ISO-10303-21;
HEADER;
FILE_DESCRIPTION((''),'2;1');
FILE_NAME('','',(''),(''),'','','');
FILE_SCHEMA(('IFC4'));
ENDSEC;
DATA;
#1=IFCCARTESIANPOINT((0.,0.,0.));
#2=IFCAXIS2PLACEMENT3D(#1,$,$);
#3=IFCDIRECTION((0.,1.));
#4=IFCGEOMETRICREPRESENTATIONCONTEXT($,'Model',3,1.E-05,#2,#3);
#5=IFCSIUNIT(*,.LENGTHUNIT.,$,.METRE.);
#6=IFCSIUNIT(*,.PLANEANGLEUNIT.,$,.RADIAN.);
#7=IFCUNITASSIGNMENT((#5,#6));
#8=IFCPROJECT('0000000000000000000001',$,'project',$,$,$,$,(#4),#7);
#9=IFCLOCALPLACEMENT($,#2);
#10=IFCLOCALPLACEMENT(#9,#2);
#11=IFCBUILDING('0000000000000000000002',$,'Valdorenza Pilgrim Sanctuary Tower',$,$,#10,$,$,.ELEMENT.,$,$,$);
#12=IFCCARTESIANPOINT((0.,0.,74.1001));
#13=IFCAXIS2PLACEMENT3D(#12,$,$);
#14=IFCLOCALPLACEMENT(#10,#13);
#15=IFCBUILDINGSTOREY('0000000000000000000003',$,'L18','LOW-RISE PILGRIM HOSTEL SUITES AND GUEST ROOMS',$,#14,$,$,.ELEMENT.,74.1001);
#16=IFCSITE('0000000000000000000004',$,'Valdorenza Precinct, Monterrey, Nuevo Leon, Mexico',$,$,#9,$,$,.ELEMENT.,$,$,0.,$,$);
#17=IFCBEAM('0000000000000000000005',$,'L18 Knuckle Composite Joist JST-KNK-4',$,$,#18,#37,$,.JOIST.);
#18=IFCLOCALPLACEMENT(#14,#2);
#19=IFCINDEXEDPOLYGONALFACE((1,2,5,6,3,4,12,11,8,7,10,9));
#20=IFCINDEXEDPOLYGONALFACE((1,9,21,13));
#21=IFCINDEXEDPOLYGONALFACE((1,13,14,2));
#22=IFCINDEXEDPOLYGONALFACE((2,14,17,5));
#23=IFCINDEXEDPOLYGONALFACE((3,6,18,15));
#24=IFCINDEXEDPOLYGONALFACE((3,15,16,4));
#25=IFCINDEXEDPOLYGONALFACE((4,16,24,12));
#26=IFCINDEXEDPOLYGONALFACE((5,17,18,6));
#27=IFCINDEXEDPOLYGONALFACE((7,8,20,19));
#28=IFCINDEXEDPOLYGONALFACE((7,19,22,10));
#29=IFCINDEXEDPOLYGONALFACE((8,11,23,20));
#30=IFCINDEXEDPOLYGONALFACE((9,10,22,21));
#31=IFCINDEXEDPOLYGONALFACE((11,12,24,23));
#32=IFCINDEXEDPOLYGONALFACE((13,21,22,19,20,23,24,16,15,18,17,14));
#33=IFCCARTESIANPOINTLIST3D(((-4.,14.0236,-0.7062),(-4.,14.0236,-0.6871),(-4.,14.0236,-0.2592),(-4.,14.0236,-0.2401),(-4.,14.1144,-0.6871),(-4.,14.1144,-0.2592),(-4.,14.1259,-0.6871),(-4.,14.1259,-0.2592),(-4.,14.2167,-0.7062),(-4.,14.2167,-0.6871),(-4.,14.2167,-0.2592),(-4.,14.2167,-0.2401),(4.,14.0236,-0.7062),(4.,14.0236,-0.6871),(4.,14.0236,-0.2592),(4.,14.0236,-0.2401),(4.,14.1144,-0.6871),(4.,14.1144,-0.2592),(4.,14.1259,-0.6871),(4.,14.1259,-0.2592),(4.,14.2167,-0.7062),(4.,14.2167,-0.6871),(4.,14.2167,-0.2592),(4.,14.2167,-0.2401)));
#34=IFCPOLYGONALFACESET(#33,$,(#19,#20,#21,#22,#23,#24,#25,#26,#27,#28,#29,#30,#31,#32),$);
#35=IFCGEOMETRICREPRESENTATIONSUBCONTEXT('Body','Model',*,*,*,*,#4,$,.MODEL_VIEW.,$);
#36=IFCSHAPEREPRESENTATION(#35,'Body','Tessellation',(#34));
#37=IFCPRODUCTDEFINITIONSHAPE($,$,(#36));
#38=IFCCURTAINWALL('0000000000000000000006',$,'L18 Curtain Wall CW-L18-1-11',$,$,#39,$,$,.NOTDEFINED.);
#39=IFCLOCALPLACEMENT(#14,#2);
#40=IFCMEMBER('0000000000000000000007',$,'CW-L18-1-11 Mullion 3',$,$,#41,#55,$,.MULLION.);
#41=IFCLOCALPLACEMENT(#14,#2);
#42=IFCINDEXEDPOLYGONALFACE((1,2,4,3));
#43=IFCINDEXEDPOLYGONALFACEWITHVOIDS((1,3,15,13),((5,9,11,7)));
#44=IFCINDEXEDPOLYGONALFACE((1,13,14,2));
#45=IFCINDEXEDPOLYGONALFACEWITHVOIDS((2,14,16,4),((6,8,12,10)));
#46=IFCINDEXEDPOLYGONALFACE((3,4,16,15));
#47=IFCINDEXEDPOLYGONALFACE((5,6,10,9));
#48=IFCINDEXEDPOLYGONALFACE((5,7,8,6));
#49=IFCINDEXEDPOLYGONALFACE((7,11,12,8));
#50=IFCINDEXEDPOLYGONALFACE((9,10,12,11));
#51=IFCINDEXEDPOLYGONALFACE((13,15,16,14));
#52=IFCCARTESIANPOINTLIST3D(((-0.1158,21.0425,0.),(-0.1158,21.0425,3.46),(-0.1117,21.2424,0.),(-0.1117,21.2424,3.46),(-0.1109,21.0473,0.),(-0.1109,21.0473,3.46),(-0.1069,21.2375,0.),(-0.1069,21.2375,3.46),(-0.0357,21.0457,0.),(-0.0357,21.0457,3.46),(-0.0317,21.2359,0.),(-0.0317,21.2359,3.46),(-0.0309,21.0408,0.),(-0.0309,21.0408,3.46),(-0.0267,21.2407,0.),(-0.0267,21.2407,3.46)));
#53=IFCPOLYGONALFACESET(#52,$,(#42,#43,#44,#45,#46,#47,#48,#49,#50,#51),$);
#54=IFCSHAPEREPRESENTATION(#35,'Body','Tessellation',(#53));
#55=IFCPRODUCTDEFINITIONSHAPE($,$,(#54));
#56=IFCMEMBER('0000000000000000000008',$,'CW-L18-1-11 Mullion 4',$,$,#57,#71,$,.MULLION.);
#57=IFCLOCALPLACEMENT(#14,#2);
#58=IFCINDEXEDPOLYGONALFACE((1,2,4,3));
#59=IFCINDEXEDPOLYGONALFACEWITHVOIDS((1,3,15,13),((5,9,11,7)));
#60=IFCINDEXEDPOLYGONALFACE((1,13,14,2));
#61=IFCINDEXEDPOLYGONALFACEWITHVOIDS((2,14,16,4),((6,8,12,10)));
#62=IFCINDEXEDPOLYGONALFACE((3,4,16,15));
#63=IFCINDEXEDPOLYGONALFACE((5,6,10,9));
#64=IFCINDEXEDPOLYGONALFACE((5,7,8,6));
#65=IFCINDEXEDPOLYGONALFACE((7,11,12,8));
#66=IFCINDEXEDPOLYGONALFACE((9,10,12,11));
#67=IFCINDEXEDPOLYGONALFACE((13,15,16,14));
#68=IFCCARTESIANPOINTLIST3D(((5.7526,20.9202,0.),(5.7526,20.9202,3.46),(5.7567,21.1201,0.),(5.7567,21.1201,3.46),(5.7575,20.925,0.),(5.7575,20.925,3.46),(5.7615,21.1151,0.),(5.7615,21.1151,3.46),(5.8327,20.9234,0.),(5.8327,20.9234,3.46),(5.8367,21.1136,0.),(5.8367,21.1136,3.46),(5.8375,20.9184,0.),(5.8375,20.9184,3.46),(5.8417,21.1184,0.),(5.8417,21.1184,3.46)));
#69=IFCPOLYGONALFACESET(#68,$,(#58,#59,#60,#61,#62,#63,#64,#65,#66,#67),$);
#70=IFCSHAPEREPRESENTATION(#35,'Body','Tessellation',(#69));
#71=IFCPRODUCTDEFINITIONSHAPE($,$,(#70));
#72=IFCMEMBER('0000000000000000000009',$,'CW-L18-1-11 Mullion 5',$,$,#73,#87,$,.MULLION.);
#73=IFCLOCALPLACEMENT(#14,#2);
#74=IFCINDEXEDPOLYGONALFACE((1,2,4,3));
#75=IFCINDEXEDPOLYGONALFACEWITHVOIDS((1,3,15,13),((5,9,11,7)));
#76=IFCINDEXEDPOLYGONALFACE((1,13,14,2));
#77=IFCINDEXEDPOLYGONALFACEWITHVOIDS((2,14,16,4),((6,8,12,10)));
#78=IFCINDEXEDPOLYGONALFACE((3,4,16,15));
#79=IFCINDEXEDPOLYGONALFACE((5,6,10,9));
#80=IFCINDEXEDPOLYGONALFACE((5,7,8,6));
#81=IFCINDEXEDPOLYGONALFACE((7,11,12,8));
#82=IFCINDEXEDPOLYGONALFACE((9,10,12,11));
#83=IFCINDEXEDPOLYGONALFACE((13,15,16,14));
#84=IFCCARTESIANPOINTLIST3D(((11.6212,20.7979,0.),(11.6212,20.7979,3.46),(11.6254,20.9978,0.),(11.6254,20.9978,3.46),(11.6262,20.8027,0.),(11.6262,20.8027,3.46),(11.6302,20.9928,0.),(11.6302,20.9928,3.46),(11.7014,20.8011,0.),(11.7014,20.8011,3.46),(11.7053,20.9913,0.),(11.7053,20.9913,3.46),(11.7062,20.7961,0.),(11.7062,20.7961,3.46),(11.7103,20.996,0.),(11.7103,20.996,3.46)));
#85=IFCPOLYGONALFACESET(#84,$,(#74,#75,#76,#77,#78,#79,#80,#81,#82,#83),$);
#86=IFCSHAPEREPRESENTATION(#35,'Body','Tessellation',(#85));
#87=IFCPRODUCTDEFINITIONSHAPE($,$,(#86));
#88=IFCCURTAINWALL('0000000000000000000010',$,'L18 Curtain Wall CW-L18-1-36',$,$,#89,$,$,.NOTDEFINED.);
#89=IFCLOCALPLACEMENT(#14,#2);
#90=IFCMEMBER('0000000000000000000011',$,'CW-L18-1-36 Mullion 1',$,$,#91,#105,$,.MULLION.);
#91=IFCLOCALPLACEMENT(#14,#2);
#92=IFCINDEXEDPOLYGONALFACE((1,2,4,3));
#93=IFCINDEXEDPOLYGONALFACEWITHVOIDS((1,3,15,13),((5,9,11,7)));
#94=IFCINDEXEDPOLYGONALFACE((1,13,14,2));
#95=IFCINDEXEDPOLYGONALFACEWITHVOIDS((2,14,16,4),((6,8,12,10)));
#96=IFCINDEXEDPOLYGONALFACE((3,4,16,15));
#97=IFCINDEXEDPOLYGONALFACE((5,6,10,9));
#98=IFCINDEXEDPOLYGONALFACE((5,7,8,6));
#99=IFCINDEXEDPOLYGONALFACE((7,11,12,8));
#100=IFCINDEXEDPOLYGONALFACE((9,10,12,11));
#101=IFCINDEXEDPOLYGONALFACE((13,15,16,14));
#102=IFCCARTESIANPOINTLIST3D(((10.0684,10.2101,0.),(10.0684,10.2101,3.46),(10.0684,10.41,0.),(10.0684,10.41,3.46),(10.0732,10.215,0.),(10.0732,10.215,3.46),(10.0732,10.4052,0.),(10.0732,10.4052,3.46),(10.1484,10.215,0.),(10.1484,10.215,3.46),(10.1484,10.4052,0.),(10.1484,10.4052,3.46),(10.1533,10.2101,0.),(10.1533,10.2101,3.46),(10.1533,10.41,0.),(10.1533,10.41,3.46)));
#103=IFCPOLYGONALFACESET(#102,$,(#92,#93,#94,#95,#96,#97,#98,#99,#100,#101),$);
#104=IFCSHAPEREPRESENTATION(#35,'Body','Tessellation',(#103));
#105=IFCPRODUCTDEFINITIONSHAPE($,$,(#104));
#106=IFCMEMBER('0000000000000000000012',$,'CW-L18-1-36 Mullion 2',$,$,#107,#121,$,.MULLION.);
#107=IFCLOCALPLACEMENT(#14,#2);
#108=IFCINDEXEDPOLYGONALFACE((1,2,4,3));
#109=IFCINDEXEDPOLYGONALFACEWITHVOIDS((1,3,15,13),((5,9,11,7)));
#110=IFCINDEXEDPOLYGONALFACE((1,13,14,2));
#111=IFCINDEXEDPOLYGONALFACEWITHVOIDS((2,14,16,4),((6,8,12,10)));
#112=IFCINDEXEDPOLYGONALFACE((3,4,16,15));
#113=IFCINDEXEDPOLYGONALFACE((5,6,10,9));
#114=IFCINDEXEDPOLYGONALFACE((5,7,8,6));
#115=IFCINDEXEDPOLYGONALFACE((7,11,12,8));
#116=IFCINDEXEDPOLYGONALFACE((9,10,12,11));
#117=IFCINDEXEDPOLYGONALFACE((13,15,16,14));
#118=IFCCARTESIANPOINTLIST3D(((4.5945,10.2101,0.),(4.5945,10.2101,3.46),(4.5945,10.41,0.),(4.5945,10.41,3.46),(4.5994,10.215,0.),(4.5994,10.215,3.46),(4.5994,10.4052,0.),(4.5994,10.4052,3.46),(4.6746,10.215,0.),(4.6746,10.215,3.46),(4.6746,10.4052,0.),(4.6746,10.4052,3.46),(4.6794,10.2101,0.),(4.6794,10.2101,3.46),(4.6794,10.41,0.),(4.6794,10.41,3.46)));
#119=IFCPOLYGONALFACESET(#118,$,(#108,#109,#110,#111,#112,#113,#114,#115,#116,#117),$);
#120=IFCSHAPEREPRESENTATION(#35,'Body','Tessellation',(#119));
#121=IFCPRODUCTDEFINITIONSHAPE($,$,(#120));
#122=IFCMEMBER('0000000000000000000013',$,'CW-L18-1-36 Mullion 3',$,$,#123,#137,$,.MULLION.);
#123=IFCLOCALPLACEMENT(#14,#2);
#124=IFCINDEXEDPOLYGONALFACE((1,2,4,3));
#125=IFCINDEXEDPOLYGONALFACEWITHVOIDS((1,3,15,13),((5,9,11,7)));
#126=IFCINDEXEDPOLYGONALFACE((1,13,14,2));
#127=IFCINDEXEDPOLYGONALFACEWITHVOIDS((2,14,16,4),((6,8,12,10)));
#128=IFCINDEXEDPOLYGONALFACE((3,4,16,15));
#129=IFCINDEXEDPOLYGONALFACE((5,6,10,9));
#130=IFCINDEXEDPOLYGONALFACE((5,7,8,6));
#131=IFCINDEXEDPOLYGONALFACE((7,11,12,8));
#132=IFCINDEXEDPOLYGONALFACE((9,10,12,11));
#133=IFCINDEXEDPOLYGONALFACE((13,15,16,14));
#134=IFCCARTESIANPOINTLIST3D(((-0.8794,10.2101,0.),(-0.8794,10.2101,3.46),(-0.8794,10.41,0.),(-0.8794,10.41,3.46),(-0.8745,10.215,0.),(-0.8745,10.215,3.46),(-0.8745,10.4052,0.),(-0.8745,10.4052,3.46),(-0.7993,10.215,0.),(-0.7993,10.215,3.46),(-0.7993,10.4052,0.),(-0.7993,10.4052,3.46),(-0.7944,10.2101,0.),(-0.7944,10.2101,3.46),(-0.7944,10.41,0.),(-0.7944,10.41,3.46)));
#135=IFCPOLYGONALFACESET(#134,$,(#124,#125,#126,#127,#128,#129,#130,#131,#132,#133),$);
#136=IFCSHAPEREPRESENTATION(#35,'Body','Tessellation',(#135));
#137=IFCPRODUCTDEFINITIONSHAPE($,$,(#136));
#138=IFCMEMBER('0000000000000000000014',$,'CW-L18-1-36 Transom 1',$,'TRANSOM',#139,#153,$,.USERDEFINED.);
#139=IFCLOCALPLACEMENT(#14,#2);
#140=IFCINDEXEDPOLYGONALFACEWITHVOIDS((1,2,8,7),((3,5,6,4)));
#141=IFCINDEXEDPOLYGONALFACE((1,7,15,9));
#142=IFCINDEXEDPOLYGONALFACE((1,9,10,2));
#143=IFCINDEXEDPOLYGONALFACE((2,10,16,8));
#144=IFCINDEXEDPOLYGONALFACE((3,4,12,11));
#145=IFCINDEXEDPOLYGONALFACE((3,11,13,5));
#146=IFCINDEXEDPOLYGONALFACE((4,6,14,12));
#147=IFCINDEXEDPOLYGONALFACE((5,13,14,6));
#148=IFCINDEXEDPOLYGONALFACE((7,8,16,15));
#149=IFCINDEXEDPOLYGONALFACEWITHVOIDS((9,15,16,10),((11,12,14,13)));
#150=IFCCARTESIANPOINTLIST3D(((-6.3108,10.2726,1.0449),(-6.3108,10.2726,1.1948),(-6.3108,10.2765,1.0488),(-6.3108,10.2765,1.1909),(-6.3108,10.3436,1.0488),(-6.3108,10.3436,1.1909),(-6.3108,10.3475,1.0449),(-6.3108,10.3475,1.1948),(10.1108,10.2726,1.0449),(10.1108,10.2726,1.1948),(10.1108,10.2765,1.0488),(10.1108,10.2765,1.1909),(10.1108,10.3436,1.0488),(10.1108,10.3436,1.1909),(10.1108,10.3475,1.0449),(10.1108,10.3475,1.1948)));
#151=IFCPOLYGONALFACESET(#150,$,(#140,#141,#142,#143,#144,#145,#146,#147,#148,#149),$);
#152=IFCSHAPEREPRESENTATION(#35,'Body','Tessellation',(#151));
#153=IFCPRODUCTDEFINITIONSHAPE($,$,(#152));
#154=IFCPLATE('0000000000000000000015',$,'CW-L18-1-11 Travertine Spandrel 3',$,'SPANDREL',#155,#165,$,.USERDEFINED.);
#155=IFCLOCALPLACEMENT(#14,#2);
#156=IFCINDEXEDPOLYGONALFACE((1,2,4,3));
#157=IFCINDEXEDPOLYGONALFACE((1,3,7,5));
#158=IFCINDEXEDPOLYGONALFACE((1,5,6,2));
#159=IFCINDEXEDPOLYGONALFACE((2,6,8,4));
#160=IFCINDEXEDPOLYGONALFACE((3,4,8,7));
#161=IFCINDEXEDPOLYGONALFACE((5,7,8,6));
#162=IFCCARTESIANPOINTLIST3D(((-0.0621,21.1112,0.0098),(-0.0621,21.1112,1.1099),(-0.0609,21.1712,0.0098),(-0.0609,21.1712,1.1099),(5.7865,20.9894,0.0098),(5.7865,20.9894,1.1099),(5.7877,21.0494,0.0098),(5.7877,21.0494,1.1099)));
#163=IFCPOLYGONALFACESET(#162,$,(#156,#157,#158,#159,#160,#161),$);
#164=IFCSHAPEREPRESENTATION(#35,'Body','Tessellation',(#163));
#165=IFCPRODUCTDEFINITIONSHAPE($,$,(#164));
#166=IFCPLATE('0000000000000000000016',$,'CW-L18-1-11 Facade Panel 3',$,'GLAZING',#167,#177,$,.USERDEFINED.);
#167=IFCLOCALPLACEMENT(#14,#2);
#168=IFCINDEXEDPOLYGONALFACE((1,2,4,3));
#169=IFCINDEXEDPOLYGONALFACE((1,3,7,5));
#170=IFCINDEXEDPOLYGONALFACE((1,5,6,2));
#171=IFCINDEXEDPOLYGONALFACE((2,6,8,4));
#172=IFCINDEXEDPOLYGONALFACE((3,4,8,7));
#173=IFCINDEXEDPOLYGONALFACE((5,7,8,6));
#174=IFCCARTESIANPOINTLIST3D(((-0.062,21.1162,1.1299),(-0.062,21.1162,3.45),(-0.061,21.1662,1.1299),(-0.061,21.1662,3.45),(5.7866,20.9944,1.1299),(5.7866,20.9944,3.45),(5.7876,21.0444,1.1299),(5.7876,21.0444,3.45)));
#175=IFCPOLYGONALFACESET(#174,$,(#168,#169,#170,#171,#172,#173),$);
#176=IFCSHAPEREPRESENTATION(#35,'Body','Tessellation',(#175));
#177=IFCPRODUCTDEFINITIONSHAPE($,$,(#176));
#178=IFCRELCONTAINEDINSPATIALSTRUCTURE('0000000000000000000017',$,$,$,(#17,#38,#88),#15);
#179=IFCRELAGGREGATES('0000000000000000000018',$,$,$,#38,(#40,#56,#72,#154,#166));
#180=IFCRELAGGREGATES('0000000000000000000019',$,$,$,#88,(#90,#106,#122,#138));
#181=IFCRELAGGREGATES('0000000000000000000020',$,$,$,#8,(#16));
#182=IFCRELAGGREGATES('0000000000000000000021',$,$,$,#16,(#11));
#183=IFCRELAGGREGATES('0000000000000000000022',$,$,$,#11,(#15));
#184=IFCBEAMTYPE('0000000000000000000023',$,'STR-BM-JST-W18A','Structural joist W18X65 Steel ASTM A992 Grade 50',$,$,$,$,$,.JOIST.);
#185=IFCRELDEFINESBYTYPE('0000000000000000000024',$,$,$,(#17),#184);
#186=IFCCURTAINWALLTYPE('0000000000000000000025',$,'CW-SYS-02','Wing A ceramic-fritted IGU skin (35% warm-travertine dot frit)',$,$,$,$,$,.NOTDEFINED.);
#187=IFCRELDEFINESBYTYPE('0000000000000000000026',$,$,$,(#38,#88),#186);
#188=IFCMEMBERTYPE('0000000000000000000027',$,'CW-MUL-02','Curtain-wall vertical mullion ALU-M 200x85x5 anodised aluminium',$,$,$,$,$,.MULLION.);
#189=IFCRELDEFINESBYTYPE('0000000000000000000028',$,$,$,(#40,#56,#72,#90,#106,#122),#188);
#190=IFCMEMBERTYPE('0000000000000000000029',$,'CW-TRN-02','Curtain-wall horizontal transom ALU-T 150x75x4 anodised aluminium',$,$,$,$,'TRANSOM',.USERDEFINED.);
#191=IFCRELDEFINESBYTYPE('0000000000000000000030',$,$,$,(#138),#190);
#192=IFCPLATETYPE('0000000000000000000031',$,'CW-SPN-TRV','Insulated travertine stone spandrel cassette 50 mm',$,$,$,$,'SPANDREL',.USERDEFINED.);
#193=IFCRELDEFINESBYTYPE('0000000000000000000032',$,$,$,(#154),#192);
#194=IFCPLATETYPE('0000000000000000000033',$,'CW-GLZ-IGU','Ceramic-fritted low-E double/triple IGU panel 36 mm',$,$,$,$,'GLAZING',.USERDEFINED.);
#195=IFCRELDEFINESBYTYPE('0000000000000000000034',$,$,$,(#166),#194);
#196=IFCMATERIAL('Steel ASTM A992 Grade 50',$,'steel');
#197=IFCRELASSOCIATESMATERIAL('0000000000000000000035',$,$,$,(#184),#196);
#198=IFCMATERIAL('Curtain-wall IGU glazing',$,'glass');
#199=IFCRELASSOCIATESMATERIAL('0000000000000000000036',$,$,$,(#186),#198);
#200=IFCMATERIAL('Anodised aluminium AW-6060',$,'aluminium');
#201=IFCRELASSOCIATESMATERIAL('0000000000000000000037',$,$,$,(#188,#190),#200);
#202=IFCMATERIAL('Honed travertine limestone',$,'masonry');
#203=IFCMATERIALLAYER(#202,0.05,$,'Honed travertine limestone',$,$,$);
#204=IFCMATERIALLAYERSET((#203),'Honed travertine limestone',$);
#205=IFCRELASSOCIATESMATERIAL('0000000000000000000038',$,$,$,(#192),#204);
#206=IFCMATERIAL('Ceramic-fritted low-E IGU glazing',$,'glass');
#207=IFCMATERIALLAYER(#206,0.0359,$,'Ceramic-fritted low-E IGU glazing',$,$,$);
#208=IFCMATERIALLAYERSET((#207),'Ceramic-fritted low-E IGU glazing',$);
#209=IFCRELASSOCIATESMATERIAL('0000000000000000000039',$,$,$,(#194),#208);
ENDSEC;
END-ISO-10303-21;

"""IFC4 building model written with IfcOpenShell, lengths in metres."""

from ifc_helpers import new_model, si_unit, direction, frame, origin, origin_2d, place, context, subcontext, project, spatial, rectangle, hollow_rectangle, i_section, extrude, source, transform, mapped, material, layer, layer_set, material_profile, profile_set, type_object, element, aggregate, save


model = new_model("IFC4")

# Units and contexts
model_context = context("Model", 3, precision=1e-05, world=origin(), true_north=direction((0.0, 1.0)))
body_context = subcontext(model_context, "Body", "Model", "MODEL_VIEW")
ifc_project = project(units=[si_unit("LENGTHUNIT", "METRE"), si_unit("PLANEANGLEUNIT", "RADIAN")], contexts=[model_context])

# Site, building, storey
site_placement = place(None, origin())
site = spatial("IfcSite", under=ifc_project, at=site_placement, Name="Valdorenza Precinct, Monterrey, Nuevo Leon, Mexico", CompositionType="ELEMENT", RefElevation=0.0)
building_placement = place(site_placement, origin())
building = spatial("IfcBuilding", under=site, at=building_placement, Name="Valdorenza Pilgrim Sanctuary Tower", CompositionType="ELEMENT")
storey_placement = place(building_placement, frame((0.0, 0.0, 74.1001)))
storey = spatial("IfcBuildingStorey", under=building, at=storey_placement, Name="L18", Description="LOW-RISE PILGRIM HOSTEL SUITES AND GUEST ROOMS", CompositionType="ELEMENT", Elevation=74.1001)

# Shared definitions
ifc_material_1 = material(Name="Steel ASTM A992 Grade 50", Category="steel")

# Beam
ifc_material_profile_1 = material_profile(ifc_material_1, i_section(OverallWidth=0.1931, OverallDepth=0.4661, WebThickness=0.0115, FlangeThickness=0.019, at=origin_2d()), Name="W18X65")
ifc_profile_set_1 = profile_set([ifc_material_profile_1], Name="Steel ASTM A992 Grade 50")
beam_type_1 = type_object("IfcBeamType", Name="STR-BM-JST-W18A", Description="Structural joist W18X65 Steel ASTM A992 Grade 50", PredefinedType="JOIST", material=ifc_profile_set_1)
shared_shape_1 = source(origin(), body_context, "Body", "SweptSolid", [
    extrude(i_section(OverallWidth=0.1931, OverallDepth=0.4661, WebThickness=0.0115, FlangeThickness=0.019, at=origin_2d()), origin(), (0.0, 0.0, 1.0), 8.0),
])
for number, where, z_axis, x_axis, name in (
    (1, (-4.0, 14.1201, -0.4731), (1.0, 0.0, 0.0), (0.0, 1.0, 0.0), "L18 Knuckle Composite Joist JST-KNK-4"),
):
    element("IfcBeam", number, at=place(storey_placement, frame(where, z_axis=z_axis, x_axis=x_axis)), inside=storey, type_object=beam_type_1, Name=name, PredefinedType="JOIST", context=body_context, shape_type="MappedRepresentation", body=[
        mapped(shared_shape_1, transform((0.0, 0.0, 0.0), x_axis=(1.0, 0.0, 0.0), y_axis=(0.0, 1.0, 0.0), z_axis=(0.0, 0.0, 1.0), scale=1.0)),
    ])

# Curtain walls, members
ifc_material_2 = material(Name="Curtain-wall IGU glazing", Category="glass")
curtain_wall_type = type_object("IfcCurtainWallType", Name="CW-SYS-02", Description="Wing A ceramic-fritted IGU skin (35% warm-travertine dot frit)", PredefinedType="NOTDEFINED", material=ifc_material_2)
curtain_wall_1_placement = place(storey_placement, origin())
curtain_wall_1 = element("IfcCurtainWall", 2, at=curtain_wall_1_placement, inside=storey, type_object=curtain_wall_type, Name="L18 Curtain Wall CW-L18-1-11", PredefinedType="NOTDEFINED")
ifc_material_3 = material(Name="Anodised aluminium AW-6060", Category="aluminium")
ifc_material_profile_2 = material_profile(ifc_material_3, hollow_rectangle(XDim=0.085, YDim=0.2, WallThickness=0.0049, at=origin_2d()), Name="ALU-M 200x85x5")
ifc_profile_set_2 = profile_set([ifc_material_profile_2], Name="Anodised aluminium AW-6060")
member_type_1 = type_object("IfcMemberType", Name="CW-MUL-02", Description="Curtain-wall vertical mullion ALU-M 200x85x5 anodised aluminium", PredefinedType="MULLION", material=ifc_profile_set_2)
shared_shape_2 = source(origin(), body_context, "Body", "SweptSolid", [
    extrude(hollow_rectangle(XDim=0.085, YDim=0.2, WallThickness=0.0049, at=origin_2d()), origin(), (0.0, 0.0, 1.0), 3.46),
])
member_1_placement = place(storey_placement, frame((-0.0713, 21.1416, 0.0), z_axis=(0.0, 0.0, 1.0), x_axis=(0.999783, -0.02082, 0.0)))
member_1 = element("IfcMember", 3, at=member_1_placement, type_object=member_type_1, Name="CW-L18-1-11 Mullion 3", PredefinedType="MULLION", context=body_context, shape_type="MappedRepresentation", body=[
    mapped(shared_shape_2, transform((0.0, 0.0, 0.0), x_axis=(1.0, 0.0, 0.0), y_axis=(0.0, 1.0, 0.0), z_axis=(0.0, 0.0, 1.0), scale=1.0)),
])
member_2_placement = place(storey_placement, frame((5.7971, 21.0193, 0.0), z_axis=(0.0, 0.0, 1.0), x_axis=(0.999783, -0.02082, 0.0)))
member_2 = element("IfcMember", 4, at=member_2_placement, type_object=member_type_1, Name="CW-L18-1-11 Mullion 4", PredefinedType="MULLION", context=body_context, shape_type="MappedRepresentation", body=[
    mapped(shared_shape_2, transform((0.0, 0.0, 0.0), x_axis=(1.0, 0.0, 0.0), y_axis=(0.0, 1.0, 0.0), z_axis=(0.0, 0.0, 1.0), scale=1.0)),
])
member_3_placement = place(storey_placement, frame((11.6658, 20.897, 0.0), z_axis=(0.0, 0.0, 1.0), x_axis=(0.999783, -0.02082, 0.0)))
member_3 = element("IfcMember", 5, at=member_3_placement, type_object=member_type_1, Name="CW-L18-1-11 Mullion 5", PredefinedType="MULLION", context=body_context, shape_type="MappedRepresentation", body=[
    mapped(shared_shape_2, transform((0.0, 0.0, 0.0), x_axis=(1.0, 0.0, 0.0), y_axis=(0.0, 1.0, 0.0), z_axis=(0.0, 0.0, 1.0), scale=1.0)),
])
curtain_wall_2_placement = place(storey_placement, origin())
curtain_wall_2 = element("IfcCurtainWall", 6, at=curtain_wall_2_placement, inside=storey, type_object=curtain_wall_type, Name="L18 Curtain Wall CW-L18-1-36", PredefinedType="NOTDEFINED")
member_4_placement = place(storey_placement, frame((10.1108, 10.3101, 0.0), z_axis=(0.0, 0.0, 1.0), x_axis=(-1.0, 0.0, 0.0)))
member_4 = element("IfcMember", 7, at=member_4_placement, type_object=member_type_1, Name="CW-L18-1-36 Mullion 1", PredefinedType="MULLION", context=body_context, shape_type="MappedRepresentation", body=[
    mapped(shared_shape_2, transform((0.0, 0.0, 0.0), x_axis=(1.0, 0.0, 0.0), y_axis=(0.0, 1.0, 0.0), z_axis=(0.0, 0.0, 1.0), scale=1.0)),
])
member_5_placement = place(storey_placement, frame((4.637, 10.3101, 0.0), z_axis=(0.0, 0.0, 1.0), x_axis=(-1.0, 0.0, 0.0)))
member_5 = element("IfcMember", 8, at=member_5_placement, type_object=member_type_1, Name="CW-L18-1-36 Mullion 2", PredefinedType="MULLION", context=body_context, shape_type="MappedRepresentation", body=[
    mapped(shared_shape_2, transform((0.0, 0.0, 0.0), x_axis=(1.0, 0.0, 0.0), y_axis=(0.0, 1.0, 0.0), z_axis=(0.0, 0.0, 1.0), scale=1.0)),
])
member_6_placement = place(storey_placement, frame((-0.8369, 10.3101, 0.0), z_axis=(0.0, 0.0, 1.0), x_axis=(-1.0, 0.0, 0.0)))
member_6 = element("IfcMember", 9, at=member_6_placement, type_object=member_type_1, Name="CW-L18-1-36 Mullion 3", PredefinedType="MULLION", context=body_context, shape_type="MappedRepresentation", body=[
    mapped(shared_shape_2, transform((0.0, 0.0, 0.0), x_axis=(1.0, 0.0, 0.0), y_axis=(0.0, 1.0, 0.0), z_axis=(0.0, 0.0, 1.0), scale=1.0)),
])
ifc_material_profile_3 = material_profile(ifc_material_3, hollow_rectangle(XDim=0.075, YDim=0.1499, WallThickness=0.0039, at=origin_2d()), Name="ALU-T 150x75x4")
ifc_profile_set_3 = profile_set([ifc_material_profile_3], Name="Anodised aluminium AW-6060")
member_type_2 = type_object("IfcMemberType", Name="CW-TRN-02", Description="Curtain-wall horizontal transom ALU-T 150x75x4 anodised aluminium", ElementType="TRANSOM", PredefinedType="USERDEFINED", material=ifc_profile_set_3)
shared_shape_3 = source(origin(), body_context, "Body", "SweptSolid", [
    extrude(hollow_rectangle(XDim=0.075, YDim=0.1499, WallThickness=0.0039, at=origin_2d()), origin(), (0.0, 0.0, 1.0), 16.4216),
])
member_7_placement = place(storey_placement, frame((10.1108, 10.3101, 1.1199), z_axis=(-1.0, 0.0, 0.0), x_axis=(0.0, -1.0, 0.0)))
member_7 = element("IfcMember", 10, at=member_7_placement, type_object=member_type_2, Name="CW-L18-1-36 Transom 1", ObjectType="TRANSOM", PredefinedType="USERDEFINED", context=body_context, shape_type="MappedRepresentation", body=[
    mapped(shared_shape_3, transform((0.0, 0.0, 0.0), x_axis=(1.0, 0.0, 0.0), y_axis=(0.0, 1.0, 0.0), z_axis=(0.0, 0.0, 1.0), scale=1.0)),
])

# Plates
ifc_material_4 = material(Name="Honed travertine limestone", Category="masonry")
ifc_layer_1 = layer(ifc_material_4, 0.05, Name="Honed travertine limestone")
ifc_layer_set_1 = layer_set([ifc_layer_1], Name="Honed travertine limestone")
plate_type_1 = type_object("IfcPlateType", Name="CW-SPN-TRV", Description="Insulated travertine stone spandrel cassette 50 mm", ElementType="SPANDREL", PredefinedType="USERDEFINED", material=ifc_layer_set_1)
shared_shape_4 = source(origin(), body_context, "Body", "SweptSolid", [
    extrude(rectangle(XDim=5.8499, YDim=0.0601, at=origin_2d()), origin(), (0.0, 0.0, 1.0), 1.1001),
])
plate_1_placement = place(storey_placement, frame((2.8628, 21.0803, 0.0098), z_axis=(0.0, 0.0, 1.0), x_axis=(0.999783, -0.02082, 0.0)))
plate_1 = element("IfcPlate", 11, at=plate_1_placement, type_object=plate_type_1, Name="CW-L18-1-11 Travertine Spandrel 3", ObjectType="SPANDREL", PredefinedType="USERDEFINED", context=body_context, shape_type="MappedRepresentation", body=[
    mapped(shared_shape_4, transform((0.0, 0.0, 0.0), x_axis=(1.0, 0.0, 0.0), y_axis=(0.0, 1.0, 0.0), z_axis=(0.0, 0.0, 1.0), scale=1.0)),
])
ifc_material_5 = material(Name="Ceramic-fritted low-E IGU glazing", Category="glass")
ifc_layer_2 = layer(ifc_material_5, 0.0359, Name="Ceramic-fritted low-E IGU glazing")
ifc_layer_set_2 = layer_set([ifc_layer_2], Name="Ceramic-fritted low-E IGU glazing")
plate_type_2 = type_object("IfcPlateType", Name="CW-GLZ-IGU", Description="Ceramic-fritted low-E double/triple IGU panel 36 mm", ElementType="GLAZING", PredefinedType="USERDEFINED", material=ifc_layer_set_2)
shared_shape_5 = source(origin(), body_context, "Body", "SweptSolid", [
    extrude(rectangle(XDim=5.8499, YDim=0.05, at=origin_2d()), origin(), (0.0, 0.0, 1.0), 2.3201),
])
plate_2_placement = place(storey_placement, frame((2.8628, 21.0803, 1.1299), z_axis=(0.0, 0.0, 1.0), x_axis=(0.999783, -0.02082, 0.0)))
plate_2 = element("IfcPlate", 12, at=plate_2_placement, type_object=plate_type_2, Name="CW-L18-1-11 Facade Panel 3", ObjectType="GLAZING", PredefinedType="USERDEFINED", context=body_context, shape_type="MappedRepresentation", body=[
    mapped(shared_shape_5, transform((0.0, 0.0, 0.0), x_axis=(1.0, 0.0, 0.0), y_axis=(0.0, 1.0, 0.0), z_axis=(0.0, 0.0, 1.0), scale=1.0)),
])
aggregate(curtain_wall_1, [member_1, member_2, member_3, plate_1, plate_2])
aggregate(curtain_wall_2, [member_4, member_5, member_6, member_7])

save(model, "model.ifc")
